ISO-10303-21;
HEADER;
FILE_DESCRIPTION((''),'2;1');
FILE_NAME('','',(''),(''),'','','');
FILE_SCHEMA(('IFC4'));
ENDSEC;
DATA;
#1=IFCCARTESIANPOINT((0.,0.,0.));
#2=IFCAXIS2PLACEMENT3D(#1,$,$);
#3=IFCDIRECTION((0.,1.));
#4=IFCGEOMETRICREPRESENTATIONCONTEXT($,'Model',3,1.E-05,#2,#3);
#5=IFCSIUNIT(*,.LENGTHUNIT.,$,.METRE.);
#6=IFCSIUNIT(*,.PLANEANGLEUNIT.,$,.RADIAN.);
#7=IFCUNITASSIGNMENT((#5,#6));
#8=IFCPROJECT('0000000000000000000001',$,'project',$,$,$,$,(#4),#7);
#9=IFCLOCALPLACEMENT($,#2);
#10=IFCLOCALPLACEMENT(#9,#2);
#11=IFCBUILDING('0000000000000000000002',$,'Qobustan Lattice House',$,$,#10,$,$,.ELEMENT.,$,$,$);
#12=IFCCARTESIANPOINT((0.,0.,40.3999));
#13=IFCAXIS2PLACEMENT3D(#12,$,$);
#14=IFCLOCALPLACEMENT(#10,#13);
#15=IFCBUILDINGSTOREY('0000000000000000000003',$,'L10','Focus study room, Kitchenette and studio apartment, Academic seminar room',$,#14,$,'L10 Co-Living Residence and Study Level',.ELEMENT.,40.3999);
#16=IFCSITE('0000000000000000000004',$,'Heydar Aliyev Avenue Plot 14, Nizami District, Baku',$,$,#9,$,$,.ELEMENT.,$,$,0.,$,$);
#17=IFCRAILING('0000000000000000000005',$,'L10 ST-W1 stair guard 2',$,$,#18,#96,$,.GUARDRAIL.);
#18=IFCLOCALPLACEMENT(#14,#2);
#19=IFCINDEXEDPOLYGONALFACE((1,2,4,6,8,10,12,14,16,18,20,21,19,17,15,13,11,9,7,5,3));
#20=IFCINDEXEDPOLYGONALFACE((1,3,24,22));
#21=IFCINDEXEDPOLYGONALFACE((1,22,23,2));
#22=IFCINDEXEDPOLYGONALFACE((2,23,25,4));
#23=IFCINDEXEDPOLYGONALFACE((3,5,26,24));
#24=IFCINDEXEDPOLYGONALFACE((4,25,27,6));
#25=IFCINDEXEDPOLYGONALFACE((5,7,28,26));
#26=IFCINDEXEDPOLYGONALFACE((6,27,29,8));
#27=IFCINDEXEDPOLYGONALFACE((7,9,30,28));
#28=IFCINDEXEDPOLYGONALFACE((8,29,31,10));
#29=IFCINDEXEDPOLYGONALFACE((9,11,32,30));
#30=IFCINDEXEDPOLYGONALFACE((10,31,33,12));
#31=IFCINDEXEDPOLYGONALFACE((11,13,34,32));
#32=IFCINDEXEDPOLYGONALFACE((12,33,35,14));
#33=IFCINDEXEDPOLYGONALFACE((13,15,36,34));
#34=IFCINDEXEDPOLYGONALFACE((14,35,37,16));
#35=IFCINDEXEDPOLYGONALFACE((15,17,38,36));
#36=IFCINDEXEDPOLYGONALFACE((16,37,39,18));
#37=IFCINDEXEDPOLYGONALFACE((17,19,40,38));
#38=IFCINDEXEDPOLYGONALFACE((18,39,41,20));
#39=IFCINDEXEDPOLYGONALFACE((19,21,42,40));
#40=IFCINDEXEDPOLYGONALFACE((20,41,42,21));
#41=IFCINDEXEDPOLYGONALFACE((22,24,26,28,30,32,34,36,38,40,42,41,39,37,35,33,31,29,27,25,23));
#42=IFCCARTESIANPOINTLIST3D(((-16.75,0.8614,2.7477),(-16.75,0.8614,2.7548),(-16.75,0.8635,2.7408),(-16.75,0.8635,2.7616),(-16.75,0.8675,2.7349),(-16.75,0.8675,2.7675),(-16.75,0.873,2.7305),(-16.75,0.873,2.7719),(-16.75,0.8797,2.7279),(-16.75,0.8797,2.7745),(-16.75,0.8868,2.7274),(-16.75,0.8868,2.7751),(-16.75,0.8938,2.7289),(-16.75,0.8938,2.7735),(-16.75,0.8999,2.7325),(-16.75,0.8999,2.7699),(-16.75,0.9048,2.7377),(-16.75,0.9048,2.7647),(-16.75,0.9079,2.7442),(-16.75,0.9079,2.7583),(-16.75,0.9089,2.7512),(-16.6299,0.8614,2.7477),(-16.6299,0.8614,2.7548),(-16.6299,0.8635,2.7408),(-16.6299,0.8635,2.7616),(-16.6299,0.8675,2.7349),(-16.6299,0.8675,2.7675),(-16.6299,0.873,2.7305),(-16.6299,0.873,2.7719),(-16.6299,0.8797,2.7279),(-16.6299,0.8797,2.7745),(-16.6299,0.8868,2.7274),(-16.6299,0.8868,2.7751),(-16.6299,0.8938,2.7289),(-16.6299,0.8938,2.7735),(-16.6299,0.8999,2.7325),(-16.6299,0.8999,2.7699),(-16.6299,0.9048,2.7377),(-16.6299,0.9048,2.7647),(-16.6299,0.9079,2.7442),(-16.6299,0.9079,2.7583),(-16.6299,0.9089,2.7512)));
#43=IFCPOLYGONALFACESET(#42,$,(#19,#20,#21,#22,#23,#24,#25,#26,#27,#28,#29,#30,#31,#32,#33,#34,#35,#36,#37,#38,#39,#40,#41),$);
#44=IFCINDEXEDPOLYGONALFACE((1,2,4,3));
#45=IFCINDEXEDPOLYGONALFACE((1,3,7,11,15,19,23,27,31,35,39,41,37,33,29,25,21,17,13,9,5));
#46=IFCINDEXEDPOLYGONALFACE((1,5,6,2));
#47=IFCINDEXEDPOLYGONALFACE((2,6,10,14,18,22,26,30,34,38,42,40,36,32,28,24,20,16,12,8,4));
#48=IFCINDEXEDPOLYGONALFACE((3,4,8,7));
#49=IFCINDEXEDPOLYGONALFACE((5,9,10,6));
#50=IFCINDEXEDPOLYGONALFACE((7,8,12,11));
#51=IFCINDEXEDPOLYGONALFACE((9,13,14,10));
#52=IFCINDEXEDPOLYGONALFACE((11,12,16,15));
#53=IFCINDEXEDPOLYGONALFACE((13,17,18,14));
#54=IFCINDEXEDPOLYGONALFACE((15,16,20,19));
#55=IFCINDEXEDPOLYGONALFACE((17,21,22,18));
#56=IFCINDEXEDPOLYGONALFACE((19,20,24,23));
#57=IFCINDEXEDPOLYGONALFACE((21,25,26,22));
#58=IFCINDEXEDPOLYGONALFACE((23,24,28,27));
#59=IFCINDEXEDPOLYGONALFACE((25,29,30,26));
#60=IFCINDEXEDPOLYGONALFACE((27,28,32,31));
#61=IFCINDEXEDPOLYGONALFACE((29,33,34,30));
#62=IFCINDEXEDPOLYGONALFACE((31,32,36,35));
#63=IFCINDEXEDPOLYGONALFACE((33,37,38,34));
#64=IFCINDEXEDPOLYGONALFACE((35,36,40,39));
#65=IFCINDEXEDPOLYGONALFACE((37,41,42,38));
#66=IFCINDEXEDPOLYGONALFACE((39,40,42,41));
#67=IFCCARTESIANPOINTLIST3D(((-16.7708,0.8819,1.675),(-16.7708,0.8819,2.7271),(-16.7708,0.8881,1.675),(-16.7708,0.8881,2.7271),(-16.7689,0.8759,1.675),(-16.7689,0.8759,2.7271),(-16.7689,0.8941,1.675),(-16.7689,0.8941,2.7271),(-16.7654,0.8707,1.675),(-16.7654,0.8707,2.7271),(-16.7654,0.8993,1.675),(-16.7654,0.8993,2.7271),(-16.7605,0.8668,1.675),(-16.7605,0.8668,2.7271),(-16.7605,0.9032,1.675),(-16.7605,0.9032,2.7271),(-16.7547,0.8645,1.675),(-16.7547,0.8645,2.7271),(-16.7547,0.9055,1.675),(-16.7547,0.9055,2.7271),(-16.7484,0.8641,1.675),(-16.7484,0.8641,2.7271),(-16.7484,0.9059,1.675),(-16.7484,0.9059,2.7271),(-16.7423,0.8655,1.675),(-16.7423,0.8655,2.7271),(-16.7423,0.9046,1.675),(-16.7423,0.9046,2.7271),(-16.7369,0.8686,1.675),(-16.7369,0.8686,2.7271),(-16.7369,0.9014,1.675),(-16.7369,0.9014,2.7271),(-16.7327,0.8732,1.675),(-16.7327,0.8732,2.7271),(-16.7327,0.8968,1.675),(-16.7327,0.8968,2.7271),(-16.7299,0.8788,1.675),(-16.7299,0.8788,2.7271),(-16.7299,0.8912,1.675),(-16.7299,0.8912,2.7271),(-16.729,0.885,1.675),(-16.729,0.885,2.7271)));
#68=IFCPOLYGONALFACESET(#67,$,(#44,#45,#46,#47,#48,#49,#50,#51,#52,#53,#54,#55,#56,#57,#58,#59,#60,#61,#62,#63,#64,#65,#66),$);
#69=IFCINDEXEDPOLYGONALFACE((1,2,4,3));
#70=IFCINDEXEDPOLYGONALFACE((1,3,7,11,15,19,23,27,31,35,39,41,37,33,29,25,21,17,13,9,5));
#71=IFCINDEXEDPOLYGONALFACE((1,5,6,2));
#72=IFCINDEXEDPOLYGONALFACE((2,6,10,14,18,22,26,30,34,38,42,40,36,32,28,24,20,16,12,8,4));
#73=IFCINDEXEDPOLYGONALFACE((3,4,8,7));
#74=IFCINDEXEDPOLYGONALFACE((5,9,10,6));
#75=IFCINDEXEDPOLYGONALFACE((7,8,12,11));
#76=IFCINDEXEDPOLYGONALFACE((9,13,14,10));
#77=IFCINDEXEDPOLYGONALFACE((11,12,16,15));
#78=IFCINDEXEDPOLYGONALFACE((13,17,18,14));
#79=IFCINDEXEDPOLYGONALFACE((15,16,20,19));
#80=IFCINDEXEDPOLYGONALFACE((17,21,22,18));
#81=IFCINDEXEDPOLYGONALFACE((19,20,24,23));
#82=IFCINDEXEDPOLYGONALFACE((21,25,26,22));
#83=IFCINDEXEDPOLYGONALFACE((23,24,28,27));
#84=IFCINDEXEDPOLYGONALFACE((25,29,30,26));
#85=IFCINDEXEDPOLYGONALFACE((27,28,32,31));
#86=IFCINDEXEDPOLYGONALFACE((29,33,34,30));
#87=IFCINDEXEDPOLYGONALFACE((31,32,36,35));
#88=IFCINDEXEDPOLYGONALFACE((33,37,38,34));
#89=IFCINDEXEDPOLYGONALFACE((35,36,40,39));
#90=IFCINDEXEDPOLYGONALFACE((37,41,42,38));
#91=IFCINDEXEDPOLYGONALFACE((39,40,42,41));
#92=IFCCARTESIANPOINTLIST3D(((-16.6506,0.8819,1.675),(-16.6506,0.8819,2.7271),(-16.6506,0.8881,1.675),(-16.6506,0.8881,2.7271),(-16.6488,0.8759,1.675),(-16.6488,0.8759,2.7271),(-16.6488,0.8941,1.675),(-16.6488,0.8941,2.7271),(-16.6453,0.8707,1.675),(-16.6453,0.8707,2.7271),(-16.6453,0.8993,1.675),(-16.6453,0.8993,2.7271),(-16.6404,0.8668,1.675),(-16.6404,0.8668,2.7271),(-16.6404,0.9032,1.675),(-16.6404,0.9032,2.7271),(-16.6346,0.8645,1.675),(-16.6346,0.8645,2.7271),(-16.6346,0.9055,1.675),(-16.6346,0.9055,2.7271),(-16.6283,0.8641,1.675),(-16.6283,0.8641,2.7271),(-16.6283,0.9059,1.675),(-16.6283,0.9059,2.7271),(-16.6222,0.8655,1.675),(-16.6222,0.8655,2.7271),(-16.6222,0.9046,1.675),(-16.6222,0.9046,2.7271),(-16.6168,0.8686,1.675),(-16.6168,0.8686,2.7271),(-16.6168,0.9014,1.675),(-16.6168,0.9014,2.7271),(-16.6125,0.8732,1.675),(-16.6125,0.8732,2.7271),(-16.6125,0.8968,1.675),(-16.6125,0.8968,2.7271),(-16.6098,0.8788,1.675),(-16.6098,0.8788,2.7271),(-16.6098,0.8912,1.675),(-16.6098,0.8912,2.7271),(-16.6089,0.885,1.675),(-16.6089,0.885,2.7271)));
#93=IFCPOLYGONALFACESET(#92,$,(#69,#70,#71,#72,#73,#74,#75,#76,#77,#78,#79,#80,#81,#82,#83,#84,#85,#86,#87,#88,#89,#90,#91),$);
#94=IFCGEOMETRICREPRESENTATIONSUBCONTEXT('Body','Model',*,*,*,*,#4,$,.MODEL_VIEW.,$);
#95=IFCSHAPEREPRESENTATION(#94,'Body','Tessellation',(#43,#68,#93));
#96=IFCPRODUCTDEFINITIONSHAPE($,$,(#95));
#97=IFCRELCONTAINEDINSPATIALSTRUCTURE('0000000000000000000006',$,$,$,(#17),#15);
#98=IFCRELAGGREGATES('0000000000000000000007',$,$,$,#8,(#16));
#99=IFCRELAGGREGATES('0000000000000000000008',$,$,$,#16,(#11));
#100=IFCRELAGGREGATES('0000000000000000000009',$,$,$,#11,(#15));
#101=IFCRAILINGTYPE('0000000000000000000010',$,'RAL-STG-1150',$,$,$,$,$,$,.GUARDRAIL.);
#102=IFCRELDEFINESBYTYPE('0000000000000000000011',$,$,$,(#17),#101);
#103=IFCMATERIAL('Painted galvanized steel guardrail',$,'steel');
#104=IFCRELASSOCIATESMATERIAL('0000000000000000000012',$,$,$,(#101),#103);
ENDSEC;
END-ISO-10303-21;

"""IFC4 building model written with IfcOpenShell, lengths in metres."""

from ifc_helpers import new_model, si_unit, direction, frame, origin, origin_2d, place, context, subcontext, project, spatial, circle, extrude, material, type_object, element, save


model = new_model("IFC4")

# Units and contexts
model_context = context("Model", 3, precision=1e-05, world=origin(), true_north=direction((0.0, 1.0)))
body_context = subcontext(model_context, "Body", "Model", "MODEL_VIEW")
ifc_project = project(units=[si_unit("LENGTHUNIT", "METRE"), si_unit("PLANEANGLEUNIT", "RADIAN")], contexts=[model_context])

# Site, building, storey
site_placement = place(None, origin())
site = spatial("IfcSite", under=ifc_project, at=site_placement, Name="Heydar Aliyev Avenue Plot 14, Nizami District, Baku", CompositionType="ELEMENT", RefElevation=0.0)
building_placement = place(site_placement, origin())
building = spatial("IfcBuilding", under=site, at=building_placement, Name="Qobustan Lattice House", CompositionType="ELEMENT")
storey_placement = place(building_placement, frame((0.0, 0.0, 40.3999)))
storey = spatial("IfcBuildingStorey", under=building, at=storey_placement, Name="L10", Description="Focus study room, Kitchenette and studio apartment, Academic seminar room", LongName="L10 Co-Living Residence and Study Level", CompositionType="ELEMENT", Elevation=40.3999)

# Railing
ifc_material_1 = material(Name="Painted galvanized steel guardrail", Category="steel")
railing_type_1 = type_object("IfcRailingType", Name="RAL-STG-1150", PredefinedType="GUARDRAIL", material=ifc_material_1)
railing_1_placement = place(storey_placement, frame((-16.75, 0.885, 1.675)))
element("IfcRailing", 1, at=railing_1_placement, inside=storey, type_object=railing_type_1, Name="L10 ST-W1 stair guard 2", PredefinedType="GUARDRAIL", context=body_context, shape_type="SweptSolid", body=[
    extrude(circle(Radius=0.0239, at=origin_2d()), frame((0.0, 0.0, 1.0762), z_axis=(1.0, 0.0, 0.0), x_axis=(0.0, 1.0, 0.0)), (0.0, 0.0, 1.0), 0.1201),
    extrude(circle(Radius=0.021, at=origin_2d()), origin(), (0.0, 0.0, 1.0), 1.052),
    extrude(circle(Radius=0.021, at=origin_2d()), frame((0.1201, 0.0, 0.0)), (0.0, 0.0, 1.0), 1.052),
])

save(model, "model.ifc")
